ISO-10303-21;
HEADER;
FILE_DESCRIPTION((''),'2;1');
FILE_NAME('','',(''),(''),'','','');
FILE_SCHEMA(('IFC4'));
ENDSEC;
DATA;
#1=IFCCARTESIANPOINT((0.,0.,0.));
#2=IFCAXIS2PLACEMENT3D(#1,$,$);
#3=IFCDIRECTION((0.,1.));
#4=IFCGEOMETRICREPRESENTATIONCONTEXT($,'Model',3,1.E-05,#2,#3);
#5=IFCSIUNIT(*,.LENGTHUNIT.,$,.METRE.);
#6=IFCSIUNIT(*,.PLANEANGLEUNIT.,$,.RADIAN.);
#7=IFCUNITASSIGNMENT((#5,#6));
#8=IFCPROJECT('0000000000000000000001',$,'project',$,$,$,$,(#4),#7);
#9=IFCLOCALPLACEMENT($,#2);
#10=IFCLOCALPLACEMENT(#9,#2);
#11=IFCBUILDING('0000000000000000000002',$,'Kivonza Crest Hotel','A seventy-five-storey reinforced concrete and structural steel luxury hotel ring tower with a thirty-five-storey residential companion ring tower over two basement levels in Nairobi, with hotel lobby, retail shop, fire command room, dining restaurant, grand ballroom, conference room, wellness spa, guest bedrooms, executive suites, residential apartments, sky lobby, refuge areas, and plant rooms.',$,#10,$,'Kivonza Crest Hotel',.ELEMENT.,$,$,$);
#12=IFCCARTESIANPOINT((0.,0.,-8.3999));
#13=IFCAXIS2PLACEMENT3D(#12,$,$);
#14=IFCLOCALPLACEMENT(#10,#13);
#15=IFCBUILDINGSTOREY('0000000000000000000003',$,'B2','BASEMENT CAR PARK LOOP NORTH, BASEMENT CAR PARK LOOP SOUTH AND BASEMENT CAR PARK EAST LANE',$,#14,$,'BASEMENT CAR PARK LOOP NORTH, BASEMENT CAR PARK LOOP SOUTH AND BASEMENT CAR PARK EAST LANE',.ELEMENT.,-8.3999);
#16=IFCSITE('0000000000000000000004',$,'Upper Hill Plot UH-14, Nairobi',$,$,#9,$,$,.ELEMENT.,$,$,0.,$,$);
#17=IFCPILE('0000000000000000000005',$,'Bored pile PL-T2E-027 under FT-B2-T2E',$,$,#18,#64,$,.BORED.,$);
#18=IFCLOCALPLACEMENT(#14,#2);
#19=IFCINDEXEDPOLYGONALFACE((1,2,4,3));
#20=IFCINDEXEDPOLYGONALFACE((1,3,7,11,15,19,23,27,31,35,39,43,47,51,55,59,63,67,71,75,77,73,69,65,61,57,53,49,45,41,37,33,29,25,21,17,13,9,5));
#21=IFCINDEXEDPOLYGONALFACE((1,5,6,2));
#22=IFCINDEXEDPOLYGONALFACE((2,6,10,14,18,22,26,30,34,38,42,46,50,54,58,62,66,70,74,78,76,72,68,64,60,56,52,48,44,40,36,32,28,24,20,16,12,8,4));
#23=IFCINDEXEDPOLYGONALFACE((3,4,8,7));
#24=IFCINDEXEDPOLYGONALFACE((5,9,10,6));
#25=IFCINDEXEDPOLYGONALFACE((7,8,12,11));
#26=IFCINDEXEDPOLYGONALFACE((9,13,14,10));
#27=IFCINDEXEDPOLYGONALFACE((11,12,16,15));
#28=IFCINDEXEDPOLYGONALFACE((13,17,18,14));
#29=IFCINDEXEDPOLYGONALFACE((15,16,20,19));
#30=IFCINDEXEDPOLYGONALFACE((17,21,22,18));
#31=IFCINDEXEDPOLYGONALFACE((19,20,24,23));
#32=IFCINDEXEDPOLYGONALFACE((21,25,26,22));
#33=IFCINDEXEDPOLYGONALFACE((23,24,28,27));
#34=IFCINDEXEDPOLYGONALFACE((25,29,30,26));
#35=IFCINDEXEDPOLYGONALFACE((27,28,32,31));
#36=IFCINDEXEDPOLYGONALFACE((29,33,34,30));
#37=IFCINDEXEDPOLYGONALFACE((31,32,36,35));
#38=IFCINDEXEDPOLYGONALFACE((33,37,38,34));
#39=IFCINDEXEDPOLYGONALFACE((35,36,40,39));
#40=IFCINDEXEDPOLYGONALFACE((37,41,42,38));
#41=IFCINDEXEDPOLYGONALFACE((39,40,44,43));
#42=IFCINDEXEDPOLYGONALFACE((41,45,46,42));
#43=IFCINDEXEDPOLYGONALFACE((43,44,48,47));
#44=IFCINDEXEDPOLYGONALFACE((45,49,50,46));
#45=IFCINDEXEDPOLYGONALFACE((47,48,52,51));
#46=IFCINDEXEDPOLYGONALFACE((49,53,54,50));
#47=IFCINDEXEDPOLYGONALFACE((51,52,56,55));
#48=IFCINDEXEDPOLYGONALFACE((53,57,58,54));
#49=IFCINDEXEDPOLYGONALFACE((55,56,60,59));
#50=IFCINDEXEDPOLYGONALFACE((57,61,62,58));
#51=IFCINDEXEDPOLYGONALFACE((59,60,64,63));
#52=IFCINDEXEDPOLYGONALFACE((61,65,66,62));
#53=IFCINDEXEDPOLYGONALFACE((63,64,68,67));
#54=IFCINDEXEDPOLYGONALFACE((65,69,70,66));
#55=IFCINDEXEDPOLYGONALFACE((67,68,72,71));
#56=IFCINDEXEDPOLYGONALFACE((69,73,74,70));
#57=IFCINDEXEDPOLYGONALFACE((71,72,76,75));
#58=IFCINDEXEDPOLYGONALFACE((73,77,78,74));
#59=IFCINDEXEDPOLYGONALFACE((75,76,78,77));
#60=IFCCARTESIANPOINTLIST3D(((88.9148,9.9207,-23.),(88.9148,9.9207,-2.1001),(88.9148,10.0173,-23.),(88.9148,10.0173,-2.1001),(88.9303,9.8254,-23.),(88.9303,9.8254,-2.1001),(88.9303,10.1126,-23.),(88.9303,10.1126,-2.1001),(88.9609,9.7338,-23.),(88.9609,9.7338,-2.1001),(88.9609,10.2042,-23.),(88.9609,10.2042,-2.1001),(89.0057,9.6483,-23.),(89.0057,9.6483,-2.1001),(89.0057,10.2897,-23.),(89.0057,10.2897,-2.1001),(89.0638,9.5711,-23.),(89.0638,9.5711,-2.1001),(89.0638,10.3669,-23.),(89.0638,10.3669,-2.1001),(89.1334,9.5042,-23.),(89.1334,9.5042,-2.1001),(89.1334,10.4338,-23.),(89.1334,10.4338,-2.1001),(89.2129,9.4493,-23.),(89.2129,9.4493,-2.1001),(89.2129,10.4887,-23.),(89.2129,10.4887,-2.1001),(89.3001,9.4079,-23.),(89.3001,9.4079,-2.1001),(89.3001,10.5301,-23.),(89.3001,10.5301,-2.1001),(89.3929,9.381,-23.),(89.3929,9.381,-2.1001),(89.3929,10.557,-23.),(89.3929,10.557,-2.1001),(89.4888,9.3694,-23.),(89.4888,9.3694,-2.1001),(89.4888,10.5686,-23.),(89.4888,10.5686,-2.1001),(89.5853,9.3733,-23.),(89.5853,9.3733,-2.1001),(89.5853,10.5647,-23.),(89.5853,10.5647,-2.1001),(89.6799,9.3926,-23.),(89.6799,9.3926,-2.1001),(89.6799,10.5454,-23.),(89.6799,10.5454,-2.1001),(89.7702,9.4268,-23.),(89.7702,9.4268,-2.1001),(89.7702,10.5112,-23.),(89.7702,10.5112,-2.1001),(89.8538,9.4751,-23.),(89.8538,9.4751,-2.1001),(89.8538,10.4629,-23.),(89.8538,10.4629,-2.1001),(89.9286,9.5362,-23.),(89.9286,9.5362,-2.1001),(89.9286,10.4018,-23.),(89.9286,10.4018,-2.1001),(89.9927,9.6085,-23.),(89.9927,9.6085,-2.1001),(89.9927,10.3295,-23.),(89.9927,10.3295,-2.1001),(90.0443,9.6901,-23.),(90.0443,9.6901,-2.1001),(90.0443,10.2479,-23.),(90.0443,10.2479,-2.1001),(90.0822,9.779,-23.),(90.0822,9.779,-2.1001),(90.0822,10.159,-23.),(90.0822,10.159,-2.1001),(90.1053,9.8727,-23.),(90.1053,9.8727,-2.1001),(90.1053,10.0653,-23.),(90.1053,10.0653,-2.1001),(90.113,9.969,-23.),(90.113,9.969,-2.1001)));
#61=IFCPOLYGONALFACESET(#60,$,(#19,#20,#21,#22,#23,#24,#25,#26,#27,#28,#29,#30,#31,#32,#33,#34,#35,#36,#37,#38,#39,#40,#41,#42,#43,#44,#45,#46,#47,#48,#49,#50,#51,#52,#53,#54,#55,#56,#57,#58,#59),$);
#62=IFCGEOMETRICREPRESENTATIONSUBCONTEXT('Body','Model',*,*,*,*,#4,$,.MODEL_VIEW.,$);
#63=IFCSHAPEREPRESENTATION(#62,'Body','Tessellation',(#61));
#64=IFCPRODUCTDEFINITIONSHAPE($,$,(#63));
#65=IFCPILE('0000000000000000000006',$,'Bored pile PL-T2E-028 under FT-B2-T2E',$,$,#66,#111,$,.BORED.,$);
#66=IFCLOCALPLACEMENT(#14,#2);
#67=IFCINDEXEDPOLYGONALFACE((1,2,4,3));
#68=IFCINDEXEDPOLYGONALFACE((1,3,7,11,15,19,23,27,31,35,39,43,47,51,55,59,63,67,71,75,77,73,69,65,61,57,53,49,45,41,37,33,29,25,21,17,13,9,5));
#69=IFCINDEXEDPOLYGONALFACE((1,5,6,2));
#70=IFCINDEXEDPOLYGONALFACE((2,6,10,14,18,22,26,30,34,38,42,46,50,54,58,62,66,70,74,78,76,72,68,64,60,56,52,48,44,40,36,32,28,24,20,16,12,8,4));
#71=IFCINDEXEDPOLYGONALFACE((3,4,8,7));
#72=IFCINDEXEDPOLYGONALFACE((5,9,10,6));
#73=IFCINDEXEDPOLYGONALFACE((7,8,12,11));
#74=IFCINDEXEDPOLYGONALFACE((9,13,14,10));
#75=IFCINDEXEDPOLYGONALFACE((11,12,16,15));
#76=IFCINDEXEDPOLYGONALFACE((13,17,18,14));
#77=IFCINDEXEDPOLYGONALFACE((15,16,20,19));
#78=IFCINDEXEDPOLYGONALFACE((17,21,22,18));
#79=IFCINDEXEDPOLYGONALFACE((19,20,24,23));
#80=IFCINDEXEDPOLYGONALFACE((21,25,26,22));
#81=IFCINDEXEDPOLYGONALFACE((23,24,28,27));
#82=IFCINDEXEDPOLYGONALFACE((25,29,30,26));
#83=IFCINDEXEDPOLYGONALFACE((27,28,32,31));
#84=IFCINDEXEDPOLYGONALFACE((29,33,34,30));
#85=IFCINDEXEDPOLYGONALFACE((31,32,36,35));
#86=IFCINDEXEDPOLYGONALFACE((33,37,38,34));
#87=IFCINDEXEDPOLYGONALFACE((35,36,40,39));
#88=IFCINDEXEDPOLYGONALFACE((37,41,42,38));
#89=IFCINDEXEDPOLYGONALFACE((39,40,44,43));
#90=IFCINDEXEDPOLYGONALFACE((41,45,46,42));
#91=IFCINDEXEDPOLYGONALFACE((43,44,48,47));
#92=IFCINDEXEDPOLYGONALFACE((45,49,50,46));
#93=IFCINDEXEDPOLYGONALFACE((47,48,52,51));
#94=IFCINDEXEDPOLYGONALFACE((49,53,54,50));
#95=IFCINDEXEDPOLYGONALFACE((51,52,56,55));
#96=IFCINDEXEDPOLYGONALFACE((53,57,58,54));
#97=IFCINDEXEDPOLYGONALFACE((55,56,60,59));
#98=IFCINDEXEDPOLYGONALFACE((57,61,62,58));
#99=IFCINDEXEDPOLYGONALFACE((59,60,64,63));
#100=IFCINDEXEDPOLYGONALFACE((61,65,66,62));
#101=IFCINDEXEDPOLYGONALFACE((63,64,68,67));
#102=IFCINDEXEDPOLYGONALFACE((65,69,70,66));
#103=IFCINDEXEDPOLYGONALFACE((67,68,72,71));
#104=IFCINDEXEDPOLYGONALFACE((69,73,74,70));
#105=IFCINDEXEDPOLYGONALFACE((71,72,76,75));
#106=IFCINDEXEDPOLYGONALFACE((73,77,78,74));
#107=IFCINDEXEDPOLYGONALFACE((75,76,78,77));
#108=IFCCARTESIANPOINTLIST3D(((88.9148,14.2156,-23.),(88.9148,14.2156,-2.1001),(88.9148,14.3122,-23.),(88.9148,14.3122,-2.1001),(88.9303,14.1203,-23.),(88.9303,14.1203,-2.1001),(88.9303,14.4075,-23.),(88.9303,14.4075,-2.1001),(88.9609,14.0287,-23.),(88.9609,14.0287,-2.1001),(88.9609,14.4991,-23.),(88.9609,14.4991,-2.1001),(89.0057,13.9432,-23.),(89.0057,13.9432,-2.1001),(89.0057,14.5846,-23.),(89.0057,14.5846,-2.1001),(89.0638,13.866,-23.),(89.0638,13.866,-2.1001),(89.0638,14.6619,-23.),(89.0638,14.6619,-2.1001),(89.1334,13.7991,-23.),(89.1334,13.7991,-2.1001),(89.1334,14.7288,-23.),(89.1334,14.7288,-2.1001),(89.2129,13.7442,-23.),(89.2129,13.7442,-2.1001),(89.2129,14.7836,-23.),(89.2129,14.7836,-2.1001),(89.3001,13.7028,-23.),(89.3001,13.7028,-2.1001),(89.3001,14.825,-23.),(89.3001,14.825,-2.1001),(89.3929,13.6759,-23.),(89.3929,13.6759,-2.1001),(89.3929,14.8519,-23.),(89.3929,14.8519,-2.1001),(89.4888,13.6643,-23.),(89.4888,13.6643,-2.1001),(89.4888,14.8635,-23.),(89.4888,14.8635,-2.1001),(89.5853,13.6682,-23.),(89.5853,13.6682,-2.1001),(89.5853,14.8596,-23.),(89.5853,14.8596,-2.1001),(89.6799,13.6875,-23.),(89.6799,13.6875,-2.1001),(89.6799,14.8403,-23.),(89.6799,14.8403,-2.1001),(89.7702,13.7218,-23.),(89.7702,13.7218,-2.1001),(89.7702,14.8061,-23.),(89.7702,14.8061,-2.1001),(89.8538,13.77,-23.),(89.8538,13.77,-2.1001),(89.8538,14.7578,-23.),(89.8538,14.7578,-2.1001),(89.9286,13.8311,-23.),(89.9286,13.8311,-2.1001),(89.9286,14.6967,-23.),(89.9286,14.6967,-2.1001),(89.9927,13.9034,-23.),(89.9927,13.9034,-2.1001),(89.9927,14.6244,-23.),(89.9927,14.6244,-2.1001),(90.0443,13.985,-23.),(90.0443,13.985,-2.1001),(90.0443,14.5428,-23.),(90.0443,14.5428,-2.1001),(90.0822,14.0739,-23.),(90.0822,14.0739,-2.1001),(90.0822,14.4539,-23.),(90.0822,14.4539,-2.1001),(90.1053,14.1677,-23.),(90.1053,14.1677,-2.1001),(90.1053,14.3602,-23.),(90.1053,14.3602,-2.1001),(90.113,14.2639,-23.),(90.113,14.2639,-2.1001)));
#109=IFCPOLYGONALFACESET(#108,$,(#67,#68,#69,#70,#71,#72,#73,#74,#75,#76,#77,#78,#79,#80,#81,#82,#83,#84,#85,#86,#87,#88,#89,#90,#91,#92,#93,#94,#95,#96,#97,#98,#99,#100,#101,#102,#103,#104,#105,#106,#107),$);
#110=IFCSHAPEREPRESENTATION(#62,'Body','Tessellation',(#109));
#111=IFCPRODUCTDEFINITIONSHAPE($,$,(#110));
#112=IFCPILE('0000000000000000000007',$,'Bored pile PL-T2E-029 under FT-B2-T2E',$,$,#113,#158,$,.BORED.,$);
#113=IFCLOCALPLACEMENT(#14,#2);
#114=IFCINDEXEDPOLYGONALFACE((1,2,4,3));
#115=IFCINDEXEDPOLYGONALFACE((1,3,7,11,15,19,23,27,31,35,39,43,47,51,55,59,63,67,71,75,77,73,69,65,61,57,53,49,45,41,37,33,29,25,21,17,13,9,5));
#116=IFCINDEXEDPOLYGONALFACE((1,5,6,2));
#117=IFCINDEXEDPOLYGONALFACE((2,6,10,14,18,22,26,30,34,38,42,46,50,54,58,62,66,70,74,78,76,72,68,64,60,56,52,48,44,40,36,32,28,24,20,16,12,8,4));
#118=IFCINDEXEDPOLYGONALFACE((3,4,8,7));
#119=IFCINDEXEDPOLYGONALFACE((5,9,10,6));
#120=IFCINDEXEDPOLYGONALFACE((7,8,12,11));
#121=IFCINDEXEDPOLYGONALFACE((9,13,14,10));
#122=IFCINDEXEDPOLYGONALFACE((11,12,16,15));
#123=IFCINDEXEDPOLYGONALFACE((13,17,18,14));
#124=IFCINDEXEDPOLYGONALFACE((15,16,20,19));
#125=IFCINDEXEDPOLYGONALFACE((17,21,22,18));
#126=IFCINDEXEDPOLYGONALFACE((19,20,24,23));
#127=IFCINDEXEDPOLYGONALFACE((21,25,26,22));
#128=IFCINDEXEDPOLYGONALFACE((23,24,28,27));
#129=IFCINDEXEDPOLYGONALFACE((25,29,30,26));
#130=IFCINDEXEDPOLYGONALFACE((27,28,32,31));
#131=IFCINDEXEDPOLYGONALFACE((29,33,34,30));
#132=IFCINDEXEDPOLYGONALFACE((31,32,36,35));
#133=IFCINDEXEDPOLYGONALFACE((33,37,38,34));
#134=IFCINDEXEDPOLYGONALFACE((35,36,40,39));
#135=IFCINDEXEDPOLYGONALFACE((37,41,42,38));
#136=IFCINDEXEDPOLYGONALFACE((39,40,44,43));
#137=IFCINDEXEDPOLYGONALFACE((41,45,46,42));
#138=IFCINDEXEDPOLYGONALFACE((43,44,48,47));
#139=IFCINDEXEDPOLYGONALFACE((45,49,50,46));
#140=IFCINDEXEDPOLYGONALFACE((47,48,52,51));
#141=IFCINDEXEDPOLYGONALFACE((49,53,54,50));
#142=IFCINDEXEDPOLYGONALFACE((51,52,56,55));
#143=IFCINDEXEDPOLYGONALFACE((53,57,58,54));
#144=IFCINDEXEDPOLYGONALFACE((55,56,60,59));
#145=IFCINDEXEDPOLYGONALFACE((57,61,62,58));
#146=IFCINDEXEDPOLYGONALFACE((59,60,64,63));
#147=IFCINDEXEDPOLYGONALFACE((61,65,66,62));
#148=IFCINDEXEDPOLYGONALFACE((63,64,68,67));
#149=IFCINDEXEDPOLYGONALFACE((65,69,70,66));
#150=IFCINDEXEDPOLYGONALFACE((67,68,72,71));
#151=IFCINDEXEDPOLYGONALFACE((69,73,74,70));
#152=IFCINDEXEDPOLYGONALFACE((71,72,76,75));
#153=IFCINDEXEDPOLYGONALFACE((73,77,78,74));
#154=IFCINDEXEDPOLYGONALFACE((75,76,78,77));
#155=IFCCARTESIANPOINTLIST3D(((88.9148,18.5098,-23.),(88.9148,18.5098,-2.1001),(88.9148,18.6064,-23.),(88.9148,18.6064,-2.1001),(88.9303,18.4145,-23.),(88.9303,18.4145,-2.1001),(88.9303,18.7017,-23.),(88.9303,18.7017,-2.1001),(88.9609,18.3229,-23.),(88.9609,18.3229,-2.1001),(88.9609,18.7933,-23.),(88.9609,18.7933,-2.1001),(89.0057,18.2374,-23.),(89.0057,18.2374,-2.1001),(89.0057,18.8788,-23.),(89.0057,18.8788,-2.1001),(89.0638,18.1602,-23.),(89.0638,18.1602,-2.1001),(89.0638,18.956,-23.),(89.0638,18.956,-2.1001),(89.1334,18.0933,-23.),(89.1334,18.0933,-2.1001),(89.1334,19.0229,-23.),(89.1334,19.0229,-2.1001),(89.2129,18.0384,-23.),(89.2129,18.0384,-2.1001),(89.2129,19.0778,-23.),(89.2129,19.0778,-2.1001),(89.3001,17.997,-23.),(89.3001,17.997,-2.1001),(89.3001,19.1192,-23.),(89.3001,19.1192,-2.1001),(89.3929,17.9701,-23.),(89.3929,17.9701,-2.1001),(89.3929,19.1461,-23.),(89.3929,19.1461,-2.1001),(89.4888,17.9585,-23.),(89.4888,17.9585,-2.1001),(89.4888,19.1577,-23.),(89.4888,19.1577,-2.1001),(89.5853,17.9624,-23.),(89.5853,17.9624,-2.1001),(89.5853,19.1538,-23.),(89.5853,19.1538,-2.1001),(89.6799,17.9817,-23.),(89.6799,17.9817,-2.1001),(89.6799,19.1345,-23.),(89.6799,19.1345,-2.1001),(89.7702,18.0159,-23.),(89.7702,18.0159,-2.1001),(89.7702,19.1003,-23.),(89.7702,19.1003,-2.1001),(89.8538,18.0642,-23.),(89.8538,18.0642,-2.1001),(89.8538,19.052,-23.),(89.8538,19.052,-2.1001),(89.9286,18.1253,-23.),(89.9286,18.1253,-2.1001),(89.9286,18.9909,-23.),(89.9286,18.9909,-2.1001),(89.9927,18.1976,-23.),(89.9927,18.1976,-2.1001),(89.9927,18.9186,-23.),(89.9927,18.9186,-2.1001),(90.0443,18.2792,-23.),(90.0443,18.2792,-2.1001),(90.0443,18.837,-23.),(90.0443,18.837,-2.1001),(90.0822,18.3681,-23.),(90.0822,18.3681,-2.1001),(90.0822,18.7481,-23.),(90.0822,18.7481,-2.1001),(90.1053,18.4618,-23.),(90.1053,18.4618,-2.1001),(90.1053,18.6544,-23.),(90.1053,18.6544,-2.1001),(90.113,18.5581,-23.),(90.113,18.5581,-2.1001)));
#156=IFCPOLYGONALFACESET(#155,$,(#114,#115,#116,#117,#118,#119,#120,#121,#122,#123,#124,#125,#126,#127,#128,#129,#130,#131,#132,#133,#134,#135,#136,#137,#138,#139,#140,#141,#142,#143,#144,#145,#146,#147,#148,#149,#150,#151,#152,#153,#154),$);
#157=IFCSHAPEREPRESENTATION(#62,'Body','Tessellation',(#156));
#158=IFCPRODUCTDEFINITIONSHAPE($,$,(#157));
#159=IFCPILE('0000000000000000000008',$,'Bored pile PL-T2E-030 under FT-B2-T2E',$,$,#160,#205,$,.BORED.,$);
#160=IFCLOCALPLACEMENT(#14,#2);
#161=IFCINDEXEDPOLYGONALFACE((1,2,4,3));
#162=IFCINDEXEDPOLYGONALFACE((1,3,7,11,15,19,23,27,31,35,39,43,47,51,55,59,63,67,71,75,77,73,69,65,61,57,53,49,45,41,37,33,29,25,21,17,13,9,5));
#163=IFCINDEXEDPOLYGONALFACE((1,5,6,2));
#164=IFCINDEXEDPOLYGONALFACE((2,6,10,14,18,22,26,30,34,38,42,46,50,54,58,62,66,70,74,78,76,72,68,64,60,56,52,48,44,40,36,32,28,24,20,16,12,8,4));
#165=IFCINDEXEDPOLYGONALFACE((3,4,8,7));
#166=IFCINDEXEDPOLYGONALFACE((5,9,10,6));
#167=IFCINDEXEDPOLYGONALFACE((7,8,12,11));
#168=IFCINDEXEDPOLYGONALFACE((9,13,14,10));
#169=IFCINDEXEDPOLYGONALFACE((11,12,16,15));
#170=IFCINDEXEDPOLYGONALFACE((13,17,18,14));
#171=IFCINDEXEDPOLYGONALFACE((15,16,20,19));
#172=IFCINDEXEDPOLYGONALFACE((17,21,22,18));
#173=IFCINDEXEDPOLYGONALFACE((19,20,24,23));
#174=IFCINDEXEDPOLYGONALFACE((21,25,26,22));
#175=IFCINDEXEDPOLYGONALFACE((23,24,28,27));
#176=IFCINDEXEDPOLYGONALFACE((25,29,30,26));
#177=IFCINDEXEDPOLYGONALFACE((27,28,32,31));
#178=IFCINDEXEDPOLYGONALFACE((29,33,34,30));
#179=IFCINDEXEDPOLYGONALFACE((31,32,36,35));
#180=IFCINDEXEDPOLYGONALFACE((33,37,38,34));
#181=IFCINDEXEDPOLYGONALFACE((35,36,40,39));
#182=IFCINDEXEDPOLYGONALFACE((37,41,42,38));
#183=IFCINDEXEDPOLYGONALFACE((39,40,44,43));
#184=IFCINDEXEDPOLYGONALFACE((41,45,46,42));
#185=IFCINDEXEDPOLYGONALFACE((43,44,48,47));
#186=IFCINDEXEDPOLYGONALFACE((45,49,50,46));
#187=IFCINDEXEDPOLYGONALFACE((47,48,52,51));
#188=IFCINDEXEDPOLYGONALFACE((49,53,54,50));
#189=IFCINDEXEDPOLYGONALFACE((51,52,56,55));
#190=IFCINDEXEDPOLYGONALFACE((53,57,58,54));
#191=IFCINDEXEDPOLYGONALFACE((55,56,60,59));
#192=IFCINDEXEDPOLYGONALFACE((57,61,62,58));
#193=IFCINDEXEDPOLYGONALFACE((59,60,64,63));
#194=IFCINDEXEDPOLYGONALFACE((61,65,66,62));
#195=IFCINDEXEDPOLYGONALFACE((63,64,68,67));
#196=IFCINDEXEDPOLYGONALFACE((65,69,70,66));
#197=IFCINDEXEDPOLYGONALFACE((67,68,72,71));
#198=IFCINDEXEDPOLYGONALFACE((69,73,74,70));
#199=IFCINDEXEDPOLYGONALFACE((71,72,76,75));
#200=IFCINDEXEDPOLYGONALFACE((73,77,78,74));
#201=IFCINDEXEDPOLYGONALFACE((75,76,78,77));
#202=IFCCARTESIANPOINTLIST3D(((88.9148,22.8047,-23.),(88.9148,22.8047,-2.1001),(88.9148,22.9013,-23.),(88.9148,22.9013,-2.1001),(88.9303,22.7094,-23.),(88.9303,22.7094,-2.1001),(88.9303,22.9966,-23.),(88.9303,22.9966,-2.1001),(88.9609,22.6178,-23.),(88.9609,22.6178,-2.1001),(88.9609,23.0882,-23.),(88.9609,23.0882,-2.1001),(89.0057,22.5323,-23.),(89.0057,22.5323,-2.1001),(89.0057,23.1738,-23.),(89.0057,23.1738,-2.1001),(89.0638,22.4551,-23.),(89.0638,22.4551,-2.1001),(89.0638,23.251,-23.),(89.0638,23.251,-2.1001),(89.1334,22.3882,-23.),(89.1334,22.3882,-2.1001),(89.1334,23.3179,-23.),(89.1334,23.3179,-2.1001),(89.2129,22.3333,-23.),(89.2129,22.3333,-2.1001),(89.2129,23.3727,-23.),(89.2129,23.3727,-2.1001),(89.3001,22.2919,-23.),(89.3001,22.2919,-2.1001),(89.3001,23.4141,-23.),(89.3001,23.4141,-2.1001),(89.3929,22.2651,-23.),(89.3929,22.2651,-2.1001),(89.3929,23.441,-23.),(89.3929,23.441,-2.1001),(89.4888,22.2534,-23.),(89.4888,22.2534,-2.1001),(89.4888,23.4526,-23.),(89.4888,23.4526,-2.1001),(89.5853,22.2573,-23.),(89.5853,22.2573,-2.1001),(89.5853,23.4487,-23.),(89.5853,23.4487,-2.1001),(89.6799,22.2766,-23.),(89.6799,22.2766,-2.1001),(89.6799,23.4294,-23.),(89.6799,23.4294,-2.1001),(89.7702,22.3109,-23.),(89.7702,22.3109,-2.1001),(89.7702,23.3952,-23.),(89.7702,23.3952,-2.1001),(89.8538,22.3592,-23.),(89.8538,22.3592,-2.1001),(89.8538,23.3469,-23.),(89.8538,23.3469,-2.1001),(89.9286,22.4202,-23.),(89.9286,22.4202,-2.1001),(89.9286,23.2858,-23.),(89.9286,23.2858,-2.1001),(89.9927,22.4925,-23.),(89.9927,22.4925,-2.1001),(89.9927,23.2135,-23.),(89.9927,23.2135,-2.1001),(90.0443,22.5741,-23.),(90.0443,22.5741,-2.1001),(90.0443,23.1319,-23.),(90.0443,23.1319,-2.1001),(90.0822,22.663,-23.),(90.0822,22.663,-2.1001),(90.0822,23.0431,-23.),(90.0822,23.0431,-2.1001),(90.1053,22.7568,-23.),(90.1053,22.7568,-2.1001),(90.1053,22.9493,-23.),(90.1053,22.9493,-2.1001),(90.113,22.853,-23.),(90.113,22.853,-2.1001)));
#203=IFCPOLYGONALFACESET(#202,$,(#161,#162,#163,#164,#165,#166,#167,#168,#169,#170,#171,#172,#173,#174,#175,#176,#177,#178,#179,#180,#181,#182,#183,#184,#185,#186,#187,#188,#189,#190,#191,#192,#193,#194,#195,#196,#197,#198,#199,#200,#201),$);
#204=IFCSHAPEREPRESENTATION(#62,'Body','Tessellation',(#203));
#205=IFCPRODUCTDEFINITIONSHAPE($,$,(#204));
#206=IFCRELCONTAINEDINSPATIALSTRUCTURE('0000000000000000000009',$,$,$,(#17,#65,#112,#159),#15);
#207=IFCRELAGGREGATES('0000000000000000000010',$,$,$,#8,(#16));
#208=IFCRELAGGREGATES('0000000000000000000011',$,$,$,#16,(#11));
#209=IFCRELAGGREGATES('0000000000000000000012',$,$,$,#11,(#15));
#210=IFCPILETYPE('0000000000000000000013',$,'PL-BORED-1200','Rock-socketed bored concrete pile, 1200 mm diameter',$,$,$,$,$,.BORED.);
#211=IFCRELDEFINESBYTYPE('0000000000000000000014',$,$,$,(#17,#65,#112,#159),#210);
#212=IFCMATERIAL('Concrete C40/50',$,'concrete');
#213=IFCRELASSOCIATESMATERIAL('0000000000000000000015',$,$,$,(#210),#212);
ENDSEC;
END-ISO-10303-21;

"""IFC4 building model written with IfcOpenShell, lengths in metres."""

from ifc_helpers import new_model, si_unit, direction, frame, origin, origin_2d, place, context, subcontext, project, spatial, circle, extrude, material, material_profile, profile_set, type_object, element, save


model = new_model("IFC4")

# Units and contexts
model_context = context("Model", 3, precision=1e-05, world=origin(), true_north=direction((0.0, 1.0)))
body_context = subcontext(model_context, "Body", "Model", "MODEL_VIEW")
ifc_project = project(units=[si_unit("LENGTHUNIT", "METRE"), si_unit("PLANEANGLEUNIT", "RADIAN")], contexts=[model_context])

# Site, building, storey
site_placement = place(None, origin())
site = spatial("IfcSite", under=ifc_project, at=site_placement, Name="Upper Hill Plot UH-14, Nairobi", CompositionType="ELEMENT", RefElevation=0.0)
building_placement = place(site_placement, origin())
building = spatial("IfcBuilding", under=site, at=building_placement, Name="Kivonza Crest Hotel", Description="A seventy-five-storey reinforced concrete and structural steel luxury hotel ring tower with a thirty-five-storey residential companion ring tower over two basement levels in Nairobi, with hotel lobby, retail shop, fire command room, dining restaurant, grand ballroom, conference room, wellness spa, guest bedrooms, executive suites, residential apartments, sky lobby, refuge areas, and plant rooms.", LongName="Kivonza Crest Hotel", CompositionType="ELEMENT")
storey_placement = place(building_placement, frame((0.0, 0.0, -8.3999)))
storey = spatial("IfcBuildingStorey", under=building, at=storey_placement, Name="B2", Description="BASEMENT CAR PARK LOOP NORTH, BASEMENT CAR PARK LOOP SOUTH AND BASEMENT CAR PARK EAST LANE", LongName="BASEMENT CAR PARK LOOP NORTH, BASEMENT CAR PARK LOOP SOUTH AND BASEMENT CAR PARK EAST LANE", CompositionType="ELEMENT", Elevation=-8.3999)

# Piles
ifc_material_1 = material(Name="Concrete C40/50", Category="concrete")
ifc_material_profile_1 = material_profile(ifc_material_1, circle(Radius=0.6001, at=origin_2d()), Name="PILE D1200")
ifc_profile_set_1 = profile_set([ifc_material_profile_1], Name="Concrete C40/50")
pile_type = type_object("IfcPileType", Name="PL-BORED-1200", Description="Rock-socketed bored concrete pile, 1200 mm diameter", PredefinedType="BORED", material=ifc_profile_set_1)
for number, where, z_axis, x_axis, name in (
    (1, (89.5129, 9.969, -2.1001), (0.0, 0.0, -1.0), (1.0, 0.0, 0.0), "Bored pile PL-T2E-027 under FT-B2-T2E"),
    (2, (89.5129, 14.2639, -2.1001), (0.0, 0.0, -1.0), (1.0, 0.0, 0.0), "Bored pile PL-T2E-028 under FT-B2-T2E"),
    (3, (89.5129, 18.5581, -2.1001), (0.0, 0.0, -1.0), (1.0, 0.0, 0.0), "Bored pile PL-T2E-029 under FT-B2-T2E"),
    (4, (89.5129, 22.853, -2.1001), (0.0, 0.0, -1.0), (1.0, 0.0, 0.0), "Bored pile PL-T2E-030 under FT-B2-T2E"),
):
    element("IfcPile", number, at=place(storey_placement, frame(where, z_axis=z_axis, x_axis=x_axis)), inside=storey, type_object=pile_type, Name=name, PredefinedType="BORED", context=body_context, shape_type="SweptSolid", body=[
        extrude(circle(Radius=0.6001, at=origin_2d()), origin(), (0.0, 0.0, 1.0), 20.8999),
    ])

save(model, "model.ifc")
